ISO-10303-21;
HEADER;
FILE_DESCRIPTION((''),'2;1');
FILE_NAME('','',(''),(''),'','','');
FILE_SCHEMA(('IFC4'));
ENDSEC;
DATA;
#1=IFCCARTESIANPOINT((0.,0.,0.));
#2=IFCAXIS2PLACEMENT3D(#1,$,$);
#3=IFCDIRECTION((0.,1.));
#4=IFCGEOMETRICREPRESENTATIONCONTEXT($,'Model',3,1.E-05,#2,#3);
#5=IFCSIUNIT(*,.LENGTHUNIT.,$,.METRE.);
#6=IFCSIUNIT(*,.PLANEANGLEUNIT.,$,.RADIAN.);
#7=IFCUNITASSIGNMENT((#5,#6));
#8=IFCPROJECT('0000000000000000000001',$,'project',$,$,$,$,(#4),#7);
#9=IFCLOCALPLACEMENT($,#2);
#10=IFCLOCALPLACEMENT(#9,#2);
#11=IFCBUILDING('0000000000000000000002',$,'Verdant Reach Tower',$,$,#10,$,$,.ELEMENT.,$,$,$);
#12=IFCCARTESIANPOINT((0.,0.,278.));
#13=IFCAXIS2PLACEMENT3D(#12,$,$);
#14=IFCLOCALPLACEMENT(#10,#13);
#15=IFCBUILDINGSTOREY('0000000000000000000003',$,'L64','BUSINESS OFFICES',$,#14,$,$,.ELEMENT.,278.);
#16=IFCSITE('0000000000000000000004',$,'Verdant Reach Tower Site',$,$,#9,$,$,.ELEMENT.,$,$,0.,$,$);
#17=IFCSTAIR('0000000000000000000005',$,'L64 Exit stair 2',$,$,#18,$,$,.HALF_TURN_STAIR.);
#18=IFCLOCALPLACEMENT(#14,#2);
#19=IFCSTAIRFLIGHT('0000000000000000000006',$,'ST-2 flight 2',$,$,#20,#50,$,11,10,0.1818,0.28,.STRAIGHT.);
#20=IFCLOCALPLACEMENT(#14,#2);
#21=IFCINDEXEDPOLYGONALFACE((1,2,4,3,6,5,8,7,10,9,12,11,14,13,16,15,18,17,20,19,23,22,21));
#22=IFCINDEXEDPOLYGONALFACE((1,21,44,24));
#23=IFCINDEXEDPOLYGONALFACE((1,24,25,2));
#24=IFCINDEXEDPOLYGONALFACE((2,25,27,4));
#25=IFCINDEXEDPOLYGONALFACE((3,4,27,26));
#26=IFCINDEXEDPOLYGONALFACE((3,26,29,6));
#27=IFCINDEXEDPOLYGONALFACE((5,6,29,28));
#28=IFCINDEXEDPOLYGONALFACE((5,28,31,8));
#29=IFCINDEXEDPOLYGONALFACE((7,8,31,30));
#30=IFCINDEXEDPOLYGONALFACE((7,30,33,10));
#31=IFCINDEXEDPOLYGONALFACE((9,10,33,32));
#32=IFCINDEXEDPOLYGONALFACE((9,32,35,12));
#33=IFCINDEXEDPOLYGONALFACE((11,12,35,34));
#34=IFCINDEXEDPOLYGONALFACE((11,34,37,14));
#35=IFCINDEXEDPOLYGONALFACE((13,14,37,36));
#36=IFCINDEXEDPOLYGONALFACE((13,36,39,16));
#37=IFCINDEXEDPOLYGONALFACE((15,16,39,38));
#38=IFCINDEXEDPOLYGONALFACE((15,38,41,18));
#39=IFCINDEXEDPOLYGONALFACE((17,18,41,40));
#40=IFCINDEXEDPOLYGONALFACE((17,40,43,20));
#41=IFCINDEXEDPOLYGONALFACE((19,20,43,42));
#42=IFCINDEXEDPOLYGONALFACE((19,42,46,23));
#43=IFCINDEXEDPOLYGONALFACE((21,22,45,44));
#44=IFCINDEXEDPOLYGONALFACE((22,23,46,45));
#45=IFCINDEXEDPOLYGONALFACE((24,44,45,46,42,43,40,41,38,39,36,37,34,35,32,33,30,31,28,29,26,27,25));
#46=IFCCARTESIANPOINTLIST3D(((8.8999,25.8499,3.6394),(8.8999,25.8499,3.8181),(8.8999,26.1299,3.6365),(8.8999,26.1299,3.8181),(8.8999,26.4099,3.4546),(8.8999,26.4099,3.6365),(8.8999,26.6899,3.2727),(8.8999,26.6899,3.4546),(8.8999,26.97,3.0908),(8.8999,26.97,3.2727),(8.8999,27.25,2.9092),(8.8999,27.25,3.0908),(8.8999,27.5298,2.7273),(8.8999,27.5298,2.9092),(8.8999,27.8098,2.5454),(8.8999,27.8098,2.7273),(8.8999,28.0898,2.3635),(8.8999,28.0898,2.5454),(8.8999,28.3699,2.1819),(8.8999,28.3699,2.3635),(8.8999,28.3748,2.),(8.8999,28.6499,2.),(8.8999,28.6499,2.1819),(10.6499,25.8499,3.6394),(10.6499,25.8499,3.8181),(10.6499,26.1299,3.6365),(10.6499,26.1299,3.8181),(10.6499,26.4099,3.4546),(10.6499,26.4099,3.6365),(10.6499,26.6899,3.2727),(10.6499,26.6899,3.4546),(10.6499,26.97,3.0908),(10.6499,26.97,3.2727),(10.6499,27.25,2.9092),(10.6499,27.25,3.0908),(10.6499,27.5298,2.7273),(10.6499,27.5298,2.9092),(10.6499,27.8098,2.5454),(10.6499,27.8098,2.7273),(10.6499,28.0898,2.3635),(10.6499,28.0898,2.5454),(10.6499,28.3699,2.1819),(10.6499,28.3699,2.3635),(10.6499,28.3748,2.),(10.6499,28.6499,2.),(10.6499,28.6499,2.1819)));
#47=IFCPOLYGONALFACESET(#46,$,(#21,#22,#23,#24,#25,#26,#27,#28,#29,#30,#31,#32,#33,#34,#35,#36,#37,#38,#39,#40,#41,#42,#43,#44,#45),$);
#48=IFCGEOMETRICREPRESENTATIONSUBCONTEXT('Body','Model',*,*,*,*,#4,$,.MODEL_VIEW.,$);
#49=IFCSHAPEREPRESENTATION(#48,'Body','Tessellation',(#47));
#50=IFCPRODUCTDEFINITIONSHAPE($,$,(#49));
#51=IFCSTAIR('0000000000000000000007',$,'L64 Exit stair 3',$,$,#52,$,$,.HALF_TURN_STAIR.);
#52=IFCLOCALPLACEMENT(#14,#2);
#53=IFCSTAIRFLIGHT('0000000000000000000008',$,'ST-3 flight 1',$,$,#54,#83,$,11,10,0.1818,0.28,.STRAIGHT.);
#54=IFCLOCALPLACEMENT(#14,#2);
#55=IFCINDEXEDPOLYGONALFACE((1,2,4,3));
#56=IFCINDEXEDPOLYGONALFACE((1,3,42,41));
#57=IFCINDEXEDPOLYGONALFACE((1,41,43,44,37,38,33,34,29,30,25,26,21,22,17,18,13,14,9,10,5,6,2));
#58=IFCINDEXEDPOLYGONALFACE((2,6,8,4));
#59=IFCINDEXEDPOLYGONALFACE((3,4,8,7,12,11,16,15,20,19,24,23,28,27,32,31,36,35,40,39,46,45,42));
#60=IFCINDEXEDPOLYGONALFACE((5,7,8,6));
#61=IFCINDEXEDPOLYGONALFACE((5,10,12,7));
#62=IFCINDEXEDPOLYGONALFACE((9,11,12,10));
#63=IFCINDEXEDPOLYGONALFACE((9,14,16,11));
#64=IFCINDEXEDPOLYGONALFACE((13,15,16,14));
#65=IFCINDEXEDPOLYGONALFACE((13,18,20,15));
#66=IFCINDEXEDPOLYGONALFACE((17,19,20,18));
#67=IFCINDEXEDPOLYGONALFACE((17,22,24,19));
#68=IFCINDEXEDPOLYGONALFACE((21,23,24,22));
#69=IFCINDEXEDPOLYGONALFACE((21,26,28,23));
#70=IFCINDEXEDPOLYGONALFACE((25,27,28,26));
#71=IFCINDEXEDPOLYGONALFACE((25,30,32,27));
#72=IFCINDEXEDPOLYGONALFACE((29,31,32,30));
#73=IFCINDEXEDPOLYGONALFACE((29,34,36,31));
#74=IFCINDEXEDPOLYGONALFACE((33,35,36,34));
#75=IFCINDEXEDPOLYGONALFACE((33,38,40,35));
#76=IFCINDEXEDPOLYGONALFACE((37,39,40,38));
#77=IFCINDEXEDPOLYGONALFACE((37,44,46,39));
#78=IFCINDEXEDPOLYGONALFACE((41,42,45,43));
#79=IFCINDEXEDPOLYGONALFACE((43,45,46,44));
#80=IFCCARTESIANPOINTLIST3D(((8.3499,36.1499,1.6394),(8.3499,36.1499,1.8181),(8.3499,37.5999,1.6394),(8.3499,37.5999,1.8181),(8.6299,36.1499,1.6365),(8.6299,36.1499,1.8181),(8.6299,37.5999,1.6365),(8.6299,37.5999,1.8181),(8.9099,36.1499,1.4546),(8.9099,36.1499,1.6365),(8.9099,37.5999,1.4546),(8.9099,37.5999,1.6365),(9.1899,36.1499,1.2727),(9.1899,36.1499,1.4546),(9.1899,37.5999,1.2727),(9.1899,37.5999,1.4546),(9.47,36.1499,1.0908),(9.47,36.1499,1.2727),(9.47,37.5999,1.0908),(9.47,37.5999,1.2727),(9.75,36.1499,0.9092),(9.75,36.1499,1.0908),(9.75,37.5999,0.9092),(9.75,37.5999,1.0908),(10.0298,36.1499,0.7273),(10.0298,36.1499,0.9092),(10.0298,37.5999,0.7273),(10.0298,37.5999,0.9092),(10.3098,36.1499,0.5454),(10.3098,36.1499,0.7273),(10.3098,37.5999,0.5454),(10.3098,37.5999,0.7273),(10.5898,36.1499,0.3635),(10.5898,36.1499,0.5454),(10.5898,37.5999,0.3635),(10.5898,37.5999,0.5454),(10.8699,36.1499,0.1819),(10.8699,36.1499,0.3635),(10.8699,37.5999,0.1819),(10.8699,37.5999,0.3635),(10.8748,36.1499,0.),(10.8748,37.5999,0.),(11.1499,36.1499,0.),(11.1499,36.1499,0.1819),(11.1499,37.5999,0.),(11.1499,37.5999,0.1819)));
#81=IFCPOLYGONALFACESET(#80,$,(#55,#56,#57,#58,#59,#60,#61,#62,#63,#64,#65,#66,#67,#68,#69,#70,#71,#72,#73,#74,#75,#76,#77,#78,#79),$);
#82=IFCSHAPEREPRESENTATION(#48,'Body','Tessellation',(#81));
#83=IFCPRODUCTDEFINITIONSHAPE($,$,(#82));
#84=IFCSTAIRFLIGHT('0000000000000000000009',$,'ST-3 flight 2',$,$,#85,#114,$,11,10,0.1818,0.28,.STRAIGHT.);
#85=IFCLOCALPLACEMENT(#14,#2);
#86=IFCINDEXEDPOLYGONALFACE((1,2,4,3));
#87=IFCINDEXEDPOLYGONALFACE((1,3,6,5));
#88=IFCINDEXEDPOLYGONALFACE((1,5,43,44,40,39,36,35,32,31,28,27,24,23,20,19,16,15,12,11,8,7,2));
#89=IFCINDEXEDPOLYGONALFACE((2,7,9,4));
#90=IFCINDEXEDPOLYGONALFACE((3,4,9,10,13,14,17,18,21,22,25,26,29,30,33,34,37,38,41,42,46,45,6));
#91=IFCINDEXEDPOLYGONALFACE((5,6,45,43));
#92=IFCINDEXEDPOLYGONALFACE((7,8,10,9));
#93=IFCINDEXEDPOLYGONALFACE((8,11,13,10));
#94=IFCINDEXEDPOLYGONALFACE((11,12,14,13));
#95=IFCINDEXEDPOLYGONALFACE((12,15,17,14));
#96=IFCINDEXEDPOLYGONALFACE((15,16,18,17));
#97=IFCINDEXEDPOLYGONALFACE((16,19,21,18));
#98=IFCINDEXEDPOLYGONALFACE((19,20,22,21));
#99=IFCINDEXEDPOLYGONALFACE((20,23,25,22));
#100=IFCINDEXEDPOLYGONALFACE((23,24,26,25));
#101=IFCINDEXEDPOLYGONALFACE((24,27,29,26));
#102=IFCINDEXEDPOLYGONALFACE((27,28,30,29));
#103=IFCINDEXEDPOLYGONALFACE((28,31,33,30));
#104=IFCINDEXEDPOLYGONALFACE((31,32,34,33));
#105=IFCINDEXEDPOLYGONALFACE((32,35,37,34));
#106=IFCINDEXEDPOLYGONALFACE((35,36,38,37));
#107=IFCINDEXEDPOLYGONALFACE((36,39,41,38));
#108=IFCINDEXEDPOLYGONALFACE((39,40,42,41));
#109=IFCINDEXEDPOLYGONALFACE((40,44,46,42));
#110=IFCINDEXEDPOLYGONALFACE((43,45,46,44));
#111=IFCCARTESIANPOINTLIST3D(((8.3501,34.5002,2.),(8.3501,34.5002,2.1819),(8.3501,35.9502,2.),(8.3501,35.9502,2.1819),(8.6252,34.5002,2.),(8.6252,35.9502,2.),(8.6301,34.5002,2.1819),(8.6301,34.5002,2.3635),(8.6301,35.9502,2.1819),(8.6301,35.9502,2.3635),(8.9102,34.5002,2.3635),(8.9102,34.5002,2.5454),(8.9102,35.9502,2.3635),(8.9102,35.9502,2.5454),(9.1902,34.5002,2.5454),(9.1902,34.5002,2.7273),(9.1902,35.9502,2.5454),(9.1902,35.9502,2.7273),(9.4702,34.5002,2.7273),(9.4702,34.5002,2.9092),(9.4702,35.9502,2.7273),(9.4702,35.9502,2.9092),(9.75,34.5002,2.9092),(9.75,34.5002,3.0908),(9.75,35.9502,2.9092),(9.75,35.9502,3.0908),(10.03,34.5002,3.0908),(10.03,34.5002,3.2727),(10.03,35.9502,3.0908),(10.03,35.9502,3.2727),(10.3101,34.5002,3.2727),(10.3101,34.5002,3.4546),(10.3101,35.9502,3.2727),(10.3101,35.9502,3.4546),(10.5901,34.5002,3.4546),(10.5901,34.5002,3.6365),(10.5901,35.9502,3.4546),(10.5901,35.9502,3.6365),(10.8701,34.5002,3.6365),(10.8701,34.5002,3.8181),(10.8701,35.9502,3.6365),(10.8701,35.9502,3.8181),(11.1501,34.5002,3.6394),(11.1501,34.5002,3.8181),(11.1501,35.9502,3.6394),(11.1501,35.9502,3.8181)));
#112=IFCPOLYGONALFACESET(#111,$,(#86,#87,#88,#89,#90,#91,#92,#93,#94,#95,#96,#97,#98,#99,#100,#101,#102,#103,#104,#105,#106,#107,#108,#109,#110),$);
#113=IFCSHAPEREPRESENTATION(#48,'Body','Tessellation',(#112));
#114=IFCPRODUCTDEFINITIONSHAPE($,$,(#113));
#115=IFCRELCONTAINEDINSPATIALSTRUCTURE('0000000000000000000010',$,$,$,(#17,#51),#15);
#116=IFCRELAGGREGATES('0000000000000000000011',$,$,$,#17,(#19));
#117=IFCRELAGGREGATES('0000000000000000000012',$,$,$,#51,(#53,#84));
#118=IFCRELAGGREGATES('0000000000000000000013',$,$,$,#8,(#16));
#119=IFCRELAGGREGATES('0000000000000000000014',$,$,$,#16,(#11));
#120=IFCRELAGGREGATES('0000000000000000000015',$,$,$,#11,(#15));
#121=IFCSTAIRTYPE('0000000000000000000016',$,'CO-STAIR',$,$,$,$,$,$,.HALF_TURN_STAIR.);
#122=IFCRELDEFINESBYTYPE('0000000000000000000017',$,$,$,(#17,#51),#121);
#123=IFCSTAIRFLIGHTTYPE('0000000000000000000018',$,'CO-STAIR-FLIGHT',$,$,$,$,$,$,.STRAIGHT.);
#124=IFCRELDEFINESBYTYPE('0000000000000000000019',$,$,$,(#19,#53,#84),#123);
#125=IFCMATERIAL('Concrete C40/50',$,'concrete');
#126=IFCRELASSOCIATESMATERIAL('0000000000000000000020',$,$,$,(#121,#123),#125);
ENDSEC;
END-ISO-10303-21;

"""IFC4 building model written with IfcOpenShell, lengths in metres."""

from ifc_helpers import new_model, si_unit, direction, frame, origin, place, context, subcontext, project, spatial, polyline, outline, extrude, material, type_object, element, aggregate, save


model = new_model("IFC4")

# Units and contexts
model_context = context("Model", 3, precision=1e-05, world=origin(), true_north=direction((0.0, 1.0)))
body_context = subcontext(model_context, "Body", "Model", "MODEL_VIEW")
ifc_project = project(units=[si_unit("LENGTHUNIT", "METRE"), si_unit("PLANEANGLEUNIT", "RADIAN")], contexts=[model_context])

# Site, building, storey
site_placement = place(None, origin())
site = spatial("IfcSite", under=ifc_project, at=site_placement, Name="Verdant Reach Tower Site", CompositionType="ELEMENT", RefElevation=0.0)
building_placement = place(site_placement, origin())
building = spatial("IfcBuilding", under=site, at=building_placement, Name="Verdant Reach Tower", CompositionType="ELEMENT")
storey_placement = place(building_placement, frame((0.0, 0.0, 278.0)))
storey = spatial("IfcBuildingStorey", under=building, at=storey_placement, Name="L64", Description="BUSINESS OFFICES", CompositionType="ELEMENT", Elevation=278.0)

# Shared definitions
ifc_material_1 = material(Name="Concrete C40/50", Category="concrete")

# Stairs, stair flights
stair_type = type_object("IfcStairType", Name="CO-STAIR", PredefinedType="HALF_TURN_STAIR", material=ifc_material_1)
stair_1_placement = place(storey_placement, origin())
stair_1 = element("IfcStair", 1, at=stair_1_placement, inside=storey, type_object=stair_type, Name="L64 Exit stair 2", PredefinedType="HALF_TURN_STAIR")
stair_flight_type = type_object("IfcStairFlightType", Name="CO-STAIR-FLIGHT", PredefinedType="STRAIGHT", material=ifc_material_1)
stair_flight_1_placement = place(storey_placement, frame((9.7749, 28.6499, 2.0), z_axis=(0.0, 0.0, 1.0), x_axis=(0.0, -1.0, 0.0)))
stair_flight_1 = element("IfcStairFlight", 2, at=stair_flight_1_placement, type_object=stair_flight_type, Name="ST-2 flight 2", NumberOfRisers=11, NumberOfTreads=10, PredefinedType="STRAIGHT", RiserHeight=0.1818, TreadLength=0.28, context=body_context, shape_type="SweptSolid", body=[
    extrude(outline(polyline([(0.0, 0.0), (0.0, 0.1819), (0.28, 0.1819), (0.28, 0.3635), (0.5601, 0.3635), (0.5601, 0.5454), (0.8401, 0.5454), (0.8401, 0.7273), (1.1201, 0.7273), (1.1201, 0.9092), (1.3999, 0.9092), (1.3999, 1.0908), (1.6799, 1.0908), (1.6799, 1.2727), (1.96, 1.2727), (1.96, 1.4546), (2.24, 1.4546), (2.24, 1.6365), (2.52, 1.6365), (2.52, 1.8181), (2.8, 1.8181), (2.8, 2.0), (2.8, 1.6394), (0.2751, 0.0), (0.0, 0.0)])), frame((0.0, 0.875, 0.0), z_axis=(0.0, -1.0, 0.0), x_axis=(1.0, 0.0, 0.0)), (0.0, 0.0, 1.0), 1.75),
])
aggregate(stair_1, [stair_flight_1])
stair_2_placement = place(storey_placement, origin())
stair_2 = element("IfcStair", 3, at=stair_2_placement, inside=storey, type_object=stair_type, Name="L64 Exit stair 3", PredefinedType="HALF_TURN_STAIR")
stair_flight_2_placement = place(storey_placement, frame((11.1499, 36.875, 0.0), z_axis=(0.0, 0.0, 1.0), x_axis=(-1.0, 0.0, 0.0)))
stair_flight_2 = element("IfcStairFlight", 4, at=stair_flight_2_placement, type_object=stair_flight_type, Name="ST-3 flight 1", NumberOfRisers=11, NumberOfTreads=10, PredefinedType="STRAIGHT", RiserHeight=0.1818, TreadLength=0.28, context=body_context, shape_type="SweptSolid", body=[
    extrude(outline(polyline([(0.0, 0.0), (0.0, 0.1819), (0.28, 0.1819), (0.28, 0.3635), (0.5601, 0.3635), (0.5601, 0.5454), (0.8401, 0.5454), (0.8401, 0.7273), (1.1201, 0.7273), (1.1201, 0.9092), (1.3999, 0.9092), (1.3999, 1.0908), (1.6799, 1.0908), (1.6799, 1.2727), (1.96, 1.2727), (1.96, 1.4546), (2.24, 1.4546), (2.24, 1.6365), (2.52, 1.6365), (2.52, 1.8181), (2.8, 1.8181), (2.8, 2.0), (2.8, 1.6394), (0.2751, 0.0), (0.0, 0.0)])), frame((0.0, 0.7251, 0.0), z_axis=(0.0, -1.0, 0.0), x_axis=(1.0, 0.0, 0.0)), (0.0, 0.0, 1.0), 1.45),
])
stair_flight_3_placement = place(storey_placement, frame((8.3501, 35.2251, 2.0), z_axis=(0.0, 0.0, 1.0), x_axis=(1.0, 0.0, 0.0)))
stair_flight_3 = element("IfcStairFlight", 5, at=stair_flight_3_placement, type_object=stair_flight_type, Name="ST-3 flight 2", NumberOfRisers=11, NumberOfTreads=10, PredefinedType="STRAIGHT", RiserHeight=0.1818, TreadLength=0.28, context=body_context, shape_type="SweptSolid", body=[
    extrude(outline(polyline([(0.0, 0.0), (0.0, 0.1819), (0.28, 0.1819), (0.28, 0.3635), (0.5601, 0.3635), (0.5601, 0.5454), (0.8401, 0.5454), (0.8401, 0.7273), (1.1201, 0.7273), (1.1201, 0.9092), (1.3999, 0.9092), (1.3999, 1.0908), (1.6799, 1.0908), (1.6799, 1.2727), (1.96, 1.2727), (1.96, 1.4546), (2.24, 1.4546), (2.24, 1.6365), (2.52, 1.6365), (2.52, 1.8181), (2.8, 1.8181), (2.8, 2.0), (2.8, 1.6394), (0.2751, 0.0), (0.0, 0.0)])), frame((0.0, 0.7251, 0.0), z_axis=(0.0, -1.0, 0.0), x_axis=(1.0, 0.0, 0.0)), (0.0, 0.0, 1.0), 1.45),
])
aggregate(stair_2, [stair_flight_2, stair_flight_3])

save(model, "model.ifc")
